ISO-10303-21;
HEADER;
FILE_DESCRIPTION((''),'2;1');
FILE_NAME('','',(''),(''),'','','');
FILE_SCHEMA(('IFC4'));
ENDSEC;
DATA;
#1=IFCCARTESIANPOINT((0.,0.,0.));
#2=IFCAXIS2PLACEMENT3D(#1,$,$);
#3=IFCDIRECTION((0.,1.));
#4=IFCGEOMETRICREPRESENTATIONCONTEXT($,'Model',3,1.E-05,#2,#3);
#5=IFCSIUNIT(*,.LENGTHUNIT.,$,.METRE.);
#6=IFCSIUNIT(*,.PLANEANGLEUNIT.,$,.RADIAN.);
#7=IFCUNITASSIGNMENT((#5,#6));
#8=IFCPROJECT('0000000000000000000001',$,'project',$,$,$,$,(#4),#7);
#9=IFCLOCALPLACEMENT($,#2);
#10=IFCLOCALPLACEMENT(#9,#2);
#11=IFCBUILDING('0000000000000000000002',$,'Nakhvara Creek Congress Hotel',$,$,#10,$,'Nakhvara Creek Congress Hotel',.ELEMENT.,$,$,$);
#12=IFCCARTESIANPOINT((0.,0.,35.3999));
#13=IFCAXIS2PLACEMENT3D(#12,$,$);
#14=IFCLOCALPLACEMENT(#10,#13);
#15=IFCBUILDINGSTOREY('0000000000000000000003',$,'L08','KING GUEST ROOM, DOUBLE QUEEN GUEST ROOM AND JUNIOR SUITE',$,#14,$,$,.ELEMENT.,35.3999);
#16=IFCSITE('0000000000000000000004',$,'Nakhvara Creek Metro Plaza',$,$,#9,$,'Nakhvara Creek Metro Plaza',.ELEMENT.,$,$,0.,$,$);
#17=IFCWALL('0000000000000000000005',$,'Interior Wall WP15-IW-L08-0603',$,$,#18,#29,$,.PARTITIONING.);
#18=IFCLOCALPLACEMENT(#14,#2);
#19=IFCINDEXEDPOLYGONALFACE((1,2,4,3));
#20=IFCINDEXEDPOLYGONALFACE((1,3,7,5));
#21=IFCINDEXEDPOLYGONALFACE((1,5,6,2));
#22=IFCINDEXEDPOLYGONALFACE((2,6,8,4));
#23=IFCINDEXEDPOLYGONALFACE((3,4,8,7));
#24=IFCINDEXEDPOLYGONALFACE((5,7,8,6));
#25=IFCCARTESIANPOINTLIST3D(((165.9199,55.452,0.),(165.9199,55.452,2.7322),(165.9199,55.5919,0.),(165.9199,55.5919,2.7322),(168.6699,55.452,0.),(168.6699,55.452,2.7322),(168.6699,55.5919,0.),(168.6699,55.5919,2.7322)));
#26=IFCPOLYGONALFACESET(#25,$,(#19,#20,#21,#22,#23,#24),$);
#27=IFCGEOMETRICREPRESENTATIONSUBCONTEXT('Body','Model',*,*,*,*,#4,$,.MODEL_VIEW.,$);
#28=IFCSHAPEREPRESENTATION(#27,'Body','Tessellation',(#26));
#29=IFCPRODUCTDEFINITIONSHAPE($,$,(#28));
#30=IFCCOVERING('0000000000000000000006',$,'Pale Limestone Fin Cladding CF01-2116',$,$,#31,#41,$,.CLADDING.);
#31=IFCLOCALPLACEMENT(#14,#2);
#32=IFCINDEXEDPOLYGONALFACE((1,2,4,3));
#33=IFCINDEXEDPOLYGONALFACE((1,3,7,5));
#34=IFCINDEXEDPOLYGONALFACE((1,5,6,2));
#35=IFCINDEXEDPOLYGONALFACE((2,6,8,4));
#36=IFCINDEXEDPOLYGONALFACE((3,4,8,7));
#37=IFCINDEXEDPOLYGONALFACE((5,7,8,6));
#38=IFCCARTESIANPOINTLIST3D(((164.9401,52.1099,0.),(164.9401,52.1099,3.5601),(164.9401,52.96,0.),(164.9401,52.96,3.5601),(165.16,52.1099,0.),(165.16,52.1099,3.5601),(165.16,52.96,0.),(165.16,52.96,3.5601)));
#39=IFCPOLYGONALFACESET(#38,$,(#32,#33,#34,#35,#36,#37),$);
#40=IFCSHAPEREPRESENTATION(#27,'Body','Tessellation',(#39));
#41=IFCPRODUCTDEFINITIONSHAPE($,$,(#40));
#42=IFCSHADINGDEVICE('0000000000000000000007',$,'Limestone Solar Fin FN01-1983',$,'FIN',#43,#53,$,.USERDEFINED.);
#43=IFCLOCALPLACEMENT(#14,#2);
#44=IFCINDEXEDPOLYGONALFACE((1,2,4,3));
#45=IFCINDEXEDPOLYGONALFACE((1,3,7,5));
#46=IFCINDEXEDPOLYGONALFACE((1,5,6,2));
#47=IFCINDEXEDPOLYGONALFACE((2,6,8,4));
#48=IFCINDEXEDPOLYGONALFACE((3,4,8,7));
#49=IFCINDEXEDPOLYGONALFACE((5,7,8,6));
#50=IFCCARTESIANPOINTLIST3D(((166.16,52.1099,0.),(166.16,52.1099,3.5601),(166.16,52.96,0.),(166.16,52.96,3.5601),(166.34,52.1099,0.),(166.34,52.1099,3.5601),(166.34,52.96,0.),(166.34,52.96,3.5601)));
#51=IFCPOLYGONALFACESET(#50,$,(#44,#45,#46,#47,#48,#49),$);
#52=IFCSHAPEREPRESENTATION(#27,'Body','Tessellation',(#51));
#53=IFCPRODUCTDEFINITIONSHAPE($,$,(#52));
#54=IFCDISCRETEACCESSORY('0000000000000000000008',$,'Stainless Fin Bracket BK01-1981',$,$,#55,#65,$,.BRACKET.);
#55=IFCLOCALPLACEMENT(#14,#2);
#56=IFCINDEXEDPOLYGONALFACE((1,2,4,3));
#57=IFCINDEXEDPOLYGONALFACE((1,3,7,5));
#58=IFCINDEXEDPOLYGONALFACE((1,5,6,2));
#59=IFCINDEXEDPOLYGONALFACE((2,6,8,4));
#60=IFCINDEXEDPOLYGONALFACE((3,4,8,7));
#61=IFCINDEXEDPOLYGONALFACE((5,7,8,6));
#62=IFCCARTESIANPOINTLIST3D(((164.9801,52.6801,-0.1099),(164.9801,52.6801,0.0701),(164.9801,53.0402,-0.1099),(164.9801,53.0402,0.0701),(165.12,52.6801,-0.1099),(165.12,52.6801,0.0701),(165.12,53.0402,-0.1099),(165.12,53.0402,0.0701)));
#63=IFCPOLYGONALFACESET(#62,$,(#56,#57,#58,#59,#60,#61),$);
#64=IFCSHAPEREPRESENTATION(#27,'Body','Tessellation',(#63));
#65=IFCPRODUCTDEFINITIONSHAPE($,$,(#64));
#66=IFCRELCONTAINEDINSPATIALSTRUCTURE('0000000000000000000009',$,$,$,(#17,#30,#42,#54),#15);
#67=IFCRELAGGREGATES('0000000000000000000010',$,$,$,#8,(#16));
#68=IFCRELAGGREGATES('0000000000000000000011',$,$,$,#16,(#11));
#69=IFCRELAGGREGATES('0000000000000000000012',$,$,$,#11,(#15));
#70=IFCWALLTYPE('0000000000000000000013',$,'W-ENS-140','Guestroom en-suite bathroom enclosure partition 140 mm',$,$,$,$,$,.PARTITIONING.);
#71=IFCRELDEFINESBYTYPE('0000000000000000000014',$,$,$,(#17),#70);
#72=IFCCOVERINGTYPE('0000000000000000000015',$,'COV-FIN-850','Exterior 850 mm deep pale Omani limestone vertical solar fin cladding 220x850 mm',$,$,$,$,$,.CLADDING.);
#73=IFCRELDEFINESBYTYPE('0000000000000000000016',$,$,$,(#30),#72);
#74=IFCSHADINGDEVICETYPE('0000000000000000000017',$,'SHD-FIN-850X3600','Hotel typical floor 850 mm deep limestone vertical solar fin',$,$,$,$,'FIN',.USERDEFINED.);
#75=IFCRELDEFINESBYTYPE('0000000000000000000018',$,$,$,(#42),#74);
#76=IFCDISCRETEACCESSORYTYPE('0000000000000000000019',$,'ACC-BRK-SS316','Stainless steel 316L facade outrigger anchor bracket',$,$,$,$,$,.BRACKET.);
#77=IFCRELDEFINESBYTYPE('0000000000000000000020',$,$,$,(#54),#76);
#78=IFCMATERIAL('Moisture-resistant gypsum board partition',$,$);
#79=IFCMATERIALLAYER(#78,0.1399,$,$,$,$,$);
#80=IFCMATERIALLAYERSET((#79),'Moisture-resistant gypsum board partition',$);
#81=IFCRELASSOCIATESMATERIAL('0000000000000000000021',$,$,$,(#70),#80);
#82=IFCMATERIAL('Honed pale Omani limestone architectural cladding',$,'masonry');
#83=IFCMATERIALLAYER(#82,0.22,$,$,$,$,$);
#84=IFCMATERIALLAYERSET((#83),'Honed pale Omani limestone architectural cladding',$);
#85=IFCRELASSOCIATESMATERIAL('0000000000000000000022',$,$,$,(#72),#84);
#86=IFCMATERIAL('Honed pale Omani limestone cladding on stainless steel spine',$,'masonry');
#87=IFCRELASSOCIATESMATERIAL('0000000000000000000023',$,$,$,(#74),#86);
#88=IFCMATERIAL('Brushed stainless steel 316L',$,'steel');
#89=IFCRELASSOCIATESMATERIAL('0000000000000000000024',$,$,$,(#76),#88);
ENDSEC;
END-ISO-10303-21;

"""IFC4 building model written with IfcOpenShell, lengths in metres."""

from ifc_helpers import new_model, si_unit, direction, frame, frame_2d, origin, origin_2d, place, context, subcontext, project, spatial, rectangle, extrude, material, layer, layer_set, type_object, element, save


model = new_model("IFC4")

# Units and contexts
model_context = context("Model", 3, precision=1e-05, world=origin(), true_north=direction((0.0, 1.0)))
body_context = subcontext(model_context, "Body", "Model", "MODEL_VIEW")
ifc_project = project(units=[si_unit("LENGTHUNIT", "METRE"), si_unit("PLANEANGLEUNIT", "RADIAN")], contexts=[model_context])

# Site, building, storey
site_placement = place(None, origin())
site = spatial("IfcSite", under=ifc_project, at=site_placement, Name="Nakhvara Creek Metro Plaza", LongName="Nakhvara Creek Metro Plaza", CompositionType="ELEMENT", RefElevation=0.0)
building_placement = place(site_placement, origin())
building = spatial("IfcBuilding", under=site, at=building_placement, Name="Nakhvara Creek Congress Hotel", LongName="Nakhvara Creek Congress Hotel", CompositionType="ELEMENT")
storey_placement = place(building_placement, frame((0.0, 0.0, 35.3999)))
storey = spatial("IfcBuildingStorey", under=building, at=storey_placement, Name="L08", Description="KING GUEST ROOM, DOUBLE QUEEN GUEST ROOM AND JUNIOR SUITE", CompositionType="ELEMENT", Elevation=35.3999)

# Wall
ifc_material_1 = material(Name="Moisture-resistant gypsum board partition")
ifc_layer_1 = layer(ifc_material_1, 0.1399)
ifc_layer_set_1 = layer_set([ifc_layer_1], Name="Moisture-resistant gypsum board partition")
wall_type_1 = type_object("IfcWallType", Name="W-ENS-140", Description="Guestroom en-suite bathroom enclosure partition 140 mm", PredefinedType="PARTITIONING", material=ifc_layer_set_1)
wall_1_placement = place(storey_placement, frame((165.9199, 55.522, 0.0), z_axis=(0.0, 0.0, 1.0), x_axis=(1.0, 0.0, 0.0)))
element("IfcWall", 1, at=wall_1_placement, inside=storey, type_object=wall_type_1, Name="Interior Wall WP15-IW-L08-0603", PredefinedType="PARTITIONING", context=body_context, shape_type="SweptSolid", body=[
    extrude(rectangle(XDim=2.75, YDim=0.1399, at=frame_2d((1.375, 0.0))), origin(), (0.0, 0.0, 1.0), 2.7322),
])

# Covering
ifc_material_2 = material(Name="Honed pale Omani limestone architectural cladding", Category="masonry")
ifc_layer_2 = layer(ifc_material_2, 0.22)
ifc_layer_set_2 = layer_set([ifc_layer_2], Name="Honed pale Omani limestone architectural cladding")
covering_type = type_object("IfcCoveringType", Name="COV-FIN-850", Description="Exterior 850 mm deep pale Omani limestone vertical solar fin cladding 220x850 mm", PredefinedType="CLADDING", material=ifc_layer_set_2)
covering_placement = place(storey_placement, frame((165.05, 52.5349, 0.0), z_axis=(0.0, 0.0, 1.0), x_axis=(1.0, 0.0, 0.0)))
element("IfcCovering", 2, at=covering_placement, inside=storey, type_object=covering_type, Name="Pale Limestone Fin Cladding CF01-2116", PredefinedType="CLADDING", context=body_context, shape_type="SweptSolid", body=[
    extrude(rectangle(XDim=0.22, YDim=0.8501, at=origin_2d()), origin(), (0.0, 0.0, 1.0), 3.5601),
])

# Shading device
ifc_material_3 = material(Name="Honed pale Omani limestone cladding on stainless steel spine", Category="masonry")
shading_device_type = type_object("IfcShadingDeviceType", Name="SHD-FIN-850X3600", Description="Hotel typical floor 850 mm deep limestone vertical solar fin", ElementType="FIN", PredefinedType="USERDEFINED", material=ifc_material_3)
shading_device_placement = place(storey_placement, frame((166.25, 52.5349, 0.0), z_axis=(0.0, 0.0, 1.0), x_axis=(1.0, 0.0, 0.0)))
element("IfcShadingDevice", 3, at=shading_device_placement, inside=storey, type_object=shading_device_type, Name="Limestone Solar Fin FN01-1983", ObjectType="FIN", PredefinedType="USERDEFINED", context=body_context, shape_type="SweptSolid", body=[
    extrude(rectangle(XDim=0.1799, YDim=0.8501, at=origin_2d()), origin(), (0.0, 0.0, 1.0), 3.5601),
])

# Discrete accessory
ifc_material_4 = material(Name="Brushed stainless steel 316L", Category="steel")
discrete_accessory_type = type_object("IfcDiscreteAccessoryType", Name="ACC-BRK-SS316", Description="Stainless steel 316L facade outrigger anchor bracket", PredefinedType="BRACKET", material=ifc_material_4)
discrete_accessory_placement = place(storey_placement, frame((165.05, 52.8601, -0.1099), z_axis=(0.0, 0.0, 1.0), x_axis=(1.0, 0.0, 0.0)))
element("IfcDiscreteAccessory", 4, at=discrete_accessory_placement, inside=storey, type_object=discrete_accessory_type, Name="Stainless Fin Bracket BK01-1981", PredefinedType="BRACKET", context=body_context, shape_type="SweptSolid", body=[
    extrude(rectangle(XDim=0.1399, YDim=0.3601, at=origin_2d()), origin(), (0.0, 0.0, 1.0), 0.1799),
])

save(model, "model.ifc")
